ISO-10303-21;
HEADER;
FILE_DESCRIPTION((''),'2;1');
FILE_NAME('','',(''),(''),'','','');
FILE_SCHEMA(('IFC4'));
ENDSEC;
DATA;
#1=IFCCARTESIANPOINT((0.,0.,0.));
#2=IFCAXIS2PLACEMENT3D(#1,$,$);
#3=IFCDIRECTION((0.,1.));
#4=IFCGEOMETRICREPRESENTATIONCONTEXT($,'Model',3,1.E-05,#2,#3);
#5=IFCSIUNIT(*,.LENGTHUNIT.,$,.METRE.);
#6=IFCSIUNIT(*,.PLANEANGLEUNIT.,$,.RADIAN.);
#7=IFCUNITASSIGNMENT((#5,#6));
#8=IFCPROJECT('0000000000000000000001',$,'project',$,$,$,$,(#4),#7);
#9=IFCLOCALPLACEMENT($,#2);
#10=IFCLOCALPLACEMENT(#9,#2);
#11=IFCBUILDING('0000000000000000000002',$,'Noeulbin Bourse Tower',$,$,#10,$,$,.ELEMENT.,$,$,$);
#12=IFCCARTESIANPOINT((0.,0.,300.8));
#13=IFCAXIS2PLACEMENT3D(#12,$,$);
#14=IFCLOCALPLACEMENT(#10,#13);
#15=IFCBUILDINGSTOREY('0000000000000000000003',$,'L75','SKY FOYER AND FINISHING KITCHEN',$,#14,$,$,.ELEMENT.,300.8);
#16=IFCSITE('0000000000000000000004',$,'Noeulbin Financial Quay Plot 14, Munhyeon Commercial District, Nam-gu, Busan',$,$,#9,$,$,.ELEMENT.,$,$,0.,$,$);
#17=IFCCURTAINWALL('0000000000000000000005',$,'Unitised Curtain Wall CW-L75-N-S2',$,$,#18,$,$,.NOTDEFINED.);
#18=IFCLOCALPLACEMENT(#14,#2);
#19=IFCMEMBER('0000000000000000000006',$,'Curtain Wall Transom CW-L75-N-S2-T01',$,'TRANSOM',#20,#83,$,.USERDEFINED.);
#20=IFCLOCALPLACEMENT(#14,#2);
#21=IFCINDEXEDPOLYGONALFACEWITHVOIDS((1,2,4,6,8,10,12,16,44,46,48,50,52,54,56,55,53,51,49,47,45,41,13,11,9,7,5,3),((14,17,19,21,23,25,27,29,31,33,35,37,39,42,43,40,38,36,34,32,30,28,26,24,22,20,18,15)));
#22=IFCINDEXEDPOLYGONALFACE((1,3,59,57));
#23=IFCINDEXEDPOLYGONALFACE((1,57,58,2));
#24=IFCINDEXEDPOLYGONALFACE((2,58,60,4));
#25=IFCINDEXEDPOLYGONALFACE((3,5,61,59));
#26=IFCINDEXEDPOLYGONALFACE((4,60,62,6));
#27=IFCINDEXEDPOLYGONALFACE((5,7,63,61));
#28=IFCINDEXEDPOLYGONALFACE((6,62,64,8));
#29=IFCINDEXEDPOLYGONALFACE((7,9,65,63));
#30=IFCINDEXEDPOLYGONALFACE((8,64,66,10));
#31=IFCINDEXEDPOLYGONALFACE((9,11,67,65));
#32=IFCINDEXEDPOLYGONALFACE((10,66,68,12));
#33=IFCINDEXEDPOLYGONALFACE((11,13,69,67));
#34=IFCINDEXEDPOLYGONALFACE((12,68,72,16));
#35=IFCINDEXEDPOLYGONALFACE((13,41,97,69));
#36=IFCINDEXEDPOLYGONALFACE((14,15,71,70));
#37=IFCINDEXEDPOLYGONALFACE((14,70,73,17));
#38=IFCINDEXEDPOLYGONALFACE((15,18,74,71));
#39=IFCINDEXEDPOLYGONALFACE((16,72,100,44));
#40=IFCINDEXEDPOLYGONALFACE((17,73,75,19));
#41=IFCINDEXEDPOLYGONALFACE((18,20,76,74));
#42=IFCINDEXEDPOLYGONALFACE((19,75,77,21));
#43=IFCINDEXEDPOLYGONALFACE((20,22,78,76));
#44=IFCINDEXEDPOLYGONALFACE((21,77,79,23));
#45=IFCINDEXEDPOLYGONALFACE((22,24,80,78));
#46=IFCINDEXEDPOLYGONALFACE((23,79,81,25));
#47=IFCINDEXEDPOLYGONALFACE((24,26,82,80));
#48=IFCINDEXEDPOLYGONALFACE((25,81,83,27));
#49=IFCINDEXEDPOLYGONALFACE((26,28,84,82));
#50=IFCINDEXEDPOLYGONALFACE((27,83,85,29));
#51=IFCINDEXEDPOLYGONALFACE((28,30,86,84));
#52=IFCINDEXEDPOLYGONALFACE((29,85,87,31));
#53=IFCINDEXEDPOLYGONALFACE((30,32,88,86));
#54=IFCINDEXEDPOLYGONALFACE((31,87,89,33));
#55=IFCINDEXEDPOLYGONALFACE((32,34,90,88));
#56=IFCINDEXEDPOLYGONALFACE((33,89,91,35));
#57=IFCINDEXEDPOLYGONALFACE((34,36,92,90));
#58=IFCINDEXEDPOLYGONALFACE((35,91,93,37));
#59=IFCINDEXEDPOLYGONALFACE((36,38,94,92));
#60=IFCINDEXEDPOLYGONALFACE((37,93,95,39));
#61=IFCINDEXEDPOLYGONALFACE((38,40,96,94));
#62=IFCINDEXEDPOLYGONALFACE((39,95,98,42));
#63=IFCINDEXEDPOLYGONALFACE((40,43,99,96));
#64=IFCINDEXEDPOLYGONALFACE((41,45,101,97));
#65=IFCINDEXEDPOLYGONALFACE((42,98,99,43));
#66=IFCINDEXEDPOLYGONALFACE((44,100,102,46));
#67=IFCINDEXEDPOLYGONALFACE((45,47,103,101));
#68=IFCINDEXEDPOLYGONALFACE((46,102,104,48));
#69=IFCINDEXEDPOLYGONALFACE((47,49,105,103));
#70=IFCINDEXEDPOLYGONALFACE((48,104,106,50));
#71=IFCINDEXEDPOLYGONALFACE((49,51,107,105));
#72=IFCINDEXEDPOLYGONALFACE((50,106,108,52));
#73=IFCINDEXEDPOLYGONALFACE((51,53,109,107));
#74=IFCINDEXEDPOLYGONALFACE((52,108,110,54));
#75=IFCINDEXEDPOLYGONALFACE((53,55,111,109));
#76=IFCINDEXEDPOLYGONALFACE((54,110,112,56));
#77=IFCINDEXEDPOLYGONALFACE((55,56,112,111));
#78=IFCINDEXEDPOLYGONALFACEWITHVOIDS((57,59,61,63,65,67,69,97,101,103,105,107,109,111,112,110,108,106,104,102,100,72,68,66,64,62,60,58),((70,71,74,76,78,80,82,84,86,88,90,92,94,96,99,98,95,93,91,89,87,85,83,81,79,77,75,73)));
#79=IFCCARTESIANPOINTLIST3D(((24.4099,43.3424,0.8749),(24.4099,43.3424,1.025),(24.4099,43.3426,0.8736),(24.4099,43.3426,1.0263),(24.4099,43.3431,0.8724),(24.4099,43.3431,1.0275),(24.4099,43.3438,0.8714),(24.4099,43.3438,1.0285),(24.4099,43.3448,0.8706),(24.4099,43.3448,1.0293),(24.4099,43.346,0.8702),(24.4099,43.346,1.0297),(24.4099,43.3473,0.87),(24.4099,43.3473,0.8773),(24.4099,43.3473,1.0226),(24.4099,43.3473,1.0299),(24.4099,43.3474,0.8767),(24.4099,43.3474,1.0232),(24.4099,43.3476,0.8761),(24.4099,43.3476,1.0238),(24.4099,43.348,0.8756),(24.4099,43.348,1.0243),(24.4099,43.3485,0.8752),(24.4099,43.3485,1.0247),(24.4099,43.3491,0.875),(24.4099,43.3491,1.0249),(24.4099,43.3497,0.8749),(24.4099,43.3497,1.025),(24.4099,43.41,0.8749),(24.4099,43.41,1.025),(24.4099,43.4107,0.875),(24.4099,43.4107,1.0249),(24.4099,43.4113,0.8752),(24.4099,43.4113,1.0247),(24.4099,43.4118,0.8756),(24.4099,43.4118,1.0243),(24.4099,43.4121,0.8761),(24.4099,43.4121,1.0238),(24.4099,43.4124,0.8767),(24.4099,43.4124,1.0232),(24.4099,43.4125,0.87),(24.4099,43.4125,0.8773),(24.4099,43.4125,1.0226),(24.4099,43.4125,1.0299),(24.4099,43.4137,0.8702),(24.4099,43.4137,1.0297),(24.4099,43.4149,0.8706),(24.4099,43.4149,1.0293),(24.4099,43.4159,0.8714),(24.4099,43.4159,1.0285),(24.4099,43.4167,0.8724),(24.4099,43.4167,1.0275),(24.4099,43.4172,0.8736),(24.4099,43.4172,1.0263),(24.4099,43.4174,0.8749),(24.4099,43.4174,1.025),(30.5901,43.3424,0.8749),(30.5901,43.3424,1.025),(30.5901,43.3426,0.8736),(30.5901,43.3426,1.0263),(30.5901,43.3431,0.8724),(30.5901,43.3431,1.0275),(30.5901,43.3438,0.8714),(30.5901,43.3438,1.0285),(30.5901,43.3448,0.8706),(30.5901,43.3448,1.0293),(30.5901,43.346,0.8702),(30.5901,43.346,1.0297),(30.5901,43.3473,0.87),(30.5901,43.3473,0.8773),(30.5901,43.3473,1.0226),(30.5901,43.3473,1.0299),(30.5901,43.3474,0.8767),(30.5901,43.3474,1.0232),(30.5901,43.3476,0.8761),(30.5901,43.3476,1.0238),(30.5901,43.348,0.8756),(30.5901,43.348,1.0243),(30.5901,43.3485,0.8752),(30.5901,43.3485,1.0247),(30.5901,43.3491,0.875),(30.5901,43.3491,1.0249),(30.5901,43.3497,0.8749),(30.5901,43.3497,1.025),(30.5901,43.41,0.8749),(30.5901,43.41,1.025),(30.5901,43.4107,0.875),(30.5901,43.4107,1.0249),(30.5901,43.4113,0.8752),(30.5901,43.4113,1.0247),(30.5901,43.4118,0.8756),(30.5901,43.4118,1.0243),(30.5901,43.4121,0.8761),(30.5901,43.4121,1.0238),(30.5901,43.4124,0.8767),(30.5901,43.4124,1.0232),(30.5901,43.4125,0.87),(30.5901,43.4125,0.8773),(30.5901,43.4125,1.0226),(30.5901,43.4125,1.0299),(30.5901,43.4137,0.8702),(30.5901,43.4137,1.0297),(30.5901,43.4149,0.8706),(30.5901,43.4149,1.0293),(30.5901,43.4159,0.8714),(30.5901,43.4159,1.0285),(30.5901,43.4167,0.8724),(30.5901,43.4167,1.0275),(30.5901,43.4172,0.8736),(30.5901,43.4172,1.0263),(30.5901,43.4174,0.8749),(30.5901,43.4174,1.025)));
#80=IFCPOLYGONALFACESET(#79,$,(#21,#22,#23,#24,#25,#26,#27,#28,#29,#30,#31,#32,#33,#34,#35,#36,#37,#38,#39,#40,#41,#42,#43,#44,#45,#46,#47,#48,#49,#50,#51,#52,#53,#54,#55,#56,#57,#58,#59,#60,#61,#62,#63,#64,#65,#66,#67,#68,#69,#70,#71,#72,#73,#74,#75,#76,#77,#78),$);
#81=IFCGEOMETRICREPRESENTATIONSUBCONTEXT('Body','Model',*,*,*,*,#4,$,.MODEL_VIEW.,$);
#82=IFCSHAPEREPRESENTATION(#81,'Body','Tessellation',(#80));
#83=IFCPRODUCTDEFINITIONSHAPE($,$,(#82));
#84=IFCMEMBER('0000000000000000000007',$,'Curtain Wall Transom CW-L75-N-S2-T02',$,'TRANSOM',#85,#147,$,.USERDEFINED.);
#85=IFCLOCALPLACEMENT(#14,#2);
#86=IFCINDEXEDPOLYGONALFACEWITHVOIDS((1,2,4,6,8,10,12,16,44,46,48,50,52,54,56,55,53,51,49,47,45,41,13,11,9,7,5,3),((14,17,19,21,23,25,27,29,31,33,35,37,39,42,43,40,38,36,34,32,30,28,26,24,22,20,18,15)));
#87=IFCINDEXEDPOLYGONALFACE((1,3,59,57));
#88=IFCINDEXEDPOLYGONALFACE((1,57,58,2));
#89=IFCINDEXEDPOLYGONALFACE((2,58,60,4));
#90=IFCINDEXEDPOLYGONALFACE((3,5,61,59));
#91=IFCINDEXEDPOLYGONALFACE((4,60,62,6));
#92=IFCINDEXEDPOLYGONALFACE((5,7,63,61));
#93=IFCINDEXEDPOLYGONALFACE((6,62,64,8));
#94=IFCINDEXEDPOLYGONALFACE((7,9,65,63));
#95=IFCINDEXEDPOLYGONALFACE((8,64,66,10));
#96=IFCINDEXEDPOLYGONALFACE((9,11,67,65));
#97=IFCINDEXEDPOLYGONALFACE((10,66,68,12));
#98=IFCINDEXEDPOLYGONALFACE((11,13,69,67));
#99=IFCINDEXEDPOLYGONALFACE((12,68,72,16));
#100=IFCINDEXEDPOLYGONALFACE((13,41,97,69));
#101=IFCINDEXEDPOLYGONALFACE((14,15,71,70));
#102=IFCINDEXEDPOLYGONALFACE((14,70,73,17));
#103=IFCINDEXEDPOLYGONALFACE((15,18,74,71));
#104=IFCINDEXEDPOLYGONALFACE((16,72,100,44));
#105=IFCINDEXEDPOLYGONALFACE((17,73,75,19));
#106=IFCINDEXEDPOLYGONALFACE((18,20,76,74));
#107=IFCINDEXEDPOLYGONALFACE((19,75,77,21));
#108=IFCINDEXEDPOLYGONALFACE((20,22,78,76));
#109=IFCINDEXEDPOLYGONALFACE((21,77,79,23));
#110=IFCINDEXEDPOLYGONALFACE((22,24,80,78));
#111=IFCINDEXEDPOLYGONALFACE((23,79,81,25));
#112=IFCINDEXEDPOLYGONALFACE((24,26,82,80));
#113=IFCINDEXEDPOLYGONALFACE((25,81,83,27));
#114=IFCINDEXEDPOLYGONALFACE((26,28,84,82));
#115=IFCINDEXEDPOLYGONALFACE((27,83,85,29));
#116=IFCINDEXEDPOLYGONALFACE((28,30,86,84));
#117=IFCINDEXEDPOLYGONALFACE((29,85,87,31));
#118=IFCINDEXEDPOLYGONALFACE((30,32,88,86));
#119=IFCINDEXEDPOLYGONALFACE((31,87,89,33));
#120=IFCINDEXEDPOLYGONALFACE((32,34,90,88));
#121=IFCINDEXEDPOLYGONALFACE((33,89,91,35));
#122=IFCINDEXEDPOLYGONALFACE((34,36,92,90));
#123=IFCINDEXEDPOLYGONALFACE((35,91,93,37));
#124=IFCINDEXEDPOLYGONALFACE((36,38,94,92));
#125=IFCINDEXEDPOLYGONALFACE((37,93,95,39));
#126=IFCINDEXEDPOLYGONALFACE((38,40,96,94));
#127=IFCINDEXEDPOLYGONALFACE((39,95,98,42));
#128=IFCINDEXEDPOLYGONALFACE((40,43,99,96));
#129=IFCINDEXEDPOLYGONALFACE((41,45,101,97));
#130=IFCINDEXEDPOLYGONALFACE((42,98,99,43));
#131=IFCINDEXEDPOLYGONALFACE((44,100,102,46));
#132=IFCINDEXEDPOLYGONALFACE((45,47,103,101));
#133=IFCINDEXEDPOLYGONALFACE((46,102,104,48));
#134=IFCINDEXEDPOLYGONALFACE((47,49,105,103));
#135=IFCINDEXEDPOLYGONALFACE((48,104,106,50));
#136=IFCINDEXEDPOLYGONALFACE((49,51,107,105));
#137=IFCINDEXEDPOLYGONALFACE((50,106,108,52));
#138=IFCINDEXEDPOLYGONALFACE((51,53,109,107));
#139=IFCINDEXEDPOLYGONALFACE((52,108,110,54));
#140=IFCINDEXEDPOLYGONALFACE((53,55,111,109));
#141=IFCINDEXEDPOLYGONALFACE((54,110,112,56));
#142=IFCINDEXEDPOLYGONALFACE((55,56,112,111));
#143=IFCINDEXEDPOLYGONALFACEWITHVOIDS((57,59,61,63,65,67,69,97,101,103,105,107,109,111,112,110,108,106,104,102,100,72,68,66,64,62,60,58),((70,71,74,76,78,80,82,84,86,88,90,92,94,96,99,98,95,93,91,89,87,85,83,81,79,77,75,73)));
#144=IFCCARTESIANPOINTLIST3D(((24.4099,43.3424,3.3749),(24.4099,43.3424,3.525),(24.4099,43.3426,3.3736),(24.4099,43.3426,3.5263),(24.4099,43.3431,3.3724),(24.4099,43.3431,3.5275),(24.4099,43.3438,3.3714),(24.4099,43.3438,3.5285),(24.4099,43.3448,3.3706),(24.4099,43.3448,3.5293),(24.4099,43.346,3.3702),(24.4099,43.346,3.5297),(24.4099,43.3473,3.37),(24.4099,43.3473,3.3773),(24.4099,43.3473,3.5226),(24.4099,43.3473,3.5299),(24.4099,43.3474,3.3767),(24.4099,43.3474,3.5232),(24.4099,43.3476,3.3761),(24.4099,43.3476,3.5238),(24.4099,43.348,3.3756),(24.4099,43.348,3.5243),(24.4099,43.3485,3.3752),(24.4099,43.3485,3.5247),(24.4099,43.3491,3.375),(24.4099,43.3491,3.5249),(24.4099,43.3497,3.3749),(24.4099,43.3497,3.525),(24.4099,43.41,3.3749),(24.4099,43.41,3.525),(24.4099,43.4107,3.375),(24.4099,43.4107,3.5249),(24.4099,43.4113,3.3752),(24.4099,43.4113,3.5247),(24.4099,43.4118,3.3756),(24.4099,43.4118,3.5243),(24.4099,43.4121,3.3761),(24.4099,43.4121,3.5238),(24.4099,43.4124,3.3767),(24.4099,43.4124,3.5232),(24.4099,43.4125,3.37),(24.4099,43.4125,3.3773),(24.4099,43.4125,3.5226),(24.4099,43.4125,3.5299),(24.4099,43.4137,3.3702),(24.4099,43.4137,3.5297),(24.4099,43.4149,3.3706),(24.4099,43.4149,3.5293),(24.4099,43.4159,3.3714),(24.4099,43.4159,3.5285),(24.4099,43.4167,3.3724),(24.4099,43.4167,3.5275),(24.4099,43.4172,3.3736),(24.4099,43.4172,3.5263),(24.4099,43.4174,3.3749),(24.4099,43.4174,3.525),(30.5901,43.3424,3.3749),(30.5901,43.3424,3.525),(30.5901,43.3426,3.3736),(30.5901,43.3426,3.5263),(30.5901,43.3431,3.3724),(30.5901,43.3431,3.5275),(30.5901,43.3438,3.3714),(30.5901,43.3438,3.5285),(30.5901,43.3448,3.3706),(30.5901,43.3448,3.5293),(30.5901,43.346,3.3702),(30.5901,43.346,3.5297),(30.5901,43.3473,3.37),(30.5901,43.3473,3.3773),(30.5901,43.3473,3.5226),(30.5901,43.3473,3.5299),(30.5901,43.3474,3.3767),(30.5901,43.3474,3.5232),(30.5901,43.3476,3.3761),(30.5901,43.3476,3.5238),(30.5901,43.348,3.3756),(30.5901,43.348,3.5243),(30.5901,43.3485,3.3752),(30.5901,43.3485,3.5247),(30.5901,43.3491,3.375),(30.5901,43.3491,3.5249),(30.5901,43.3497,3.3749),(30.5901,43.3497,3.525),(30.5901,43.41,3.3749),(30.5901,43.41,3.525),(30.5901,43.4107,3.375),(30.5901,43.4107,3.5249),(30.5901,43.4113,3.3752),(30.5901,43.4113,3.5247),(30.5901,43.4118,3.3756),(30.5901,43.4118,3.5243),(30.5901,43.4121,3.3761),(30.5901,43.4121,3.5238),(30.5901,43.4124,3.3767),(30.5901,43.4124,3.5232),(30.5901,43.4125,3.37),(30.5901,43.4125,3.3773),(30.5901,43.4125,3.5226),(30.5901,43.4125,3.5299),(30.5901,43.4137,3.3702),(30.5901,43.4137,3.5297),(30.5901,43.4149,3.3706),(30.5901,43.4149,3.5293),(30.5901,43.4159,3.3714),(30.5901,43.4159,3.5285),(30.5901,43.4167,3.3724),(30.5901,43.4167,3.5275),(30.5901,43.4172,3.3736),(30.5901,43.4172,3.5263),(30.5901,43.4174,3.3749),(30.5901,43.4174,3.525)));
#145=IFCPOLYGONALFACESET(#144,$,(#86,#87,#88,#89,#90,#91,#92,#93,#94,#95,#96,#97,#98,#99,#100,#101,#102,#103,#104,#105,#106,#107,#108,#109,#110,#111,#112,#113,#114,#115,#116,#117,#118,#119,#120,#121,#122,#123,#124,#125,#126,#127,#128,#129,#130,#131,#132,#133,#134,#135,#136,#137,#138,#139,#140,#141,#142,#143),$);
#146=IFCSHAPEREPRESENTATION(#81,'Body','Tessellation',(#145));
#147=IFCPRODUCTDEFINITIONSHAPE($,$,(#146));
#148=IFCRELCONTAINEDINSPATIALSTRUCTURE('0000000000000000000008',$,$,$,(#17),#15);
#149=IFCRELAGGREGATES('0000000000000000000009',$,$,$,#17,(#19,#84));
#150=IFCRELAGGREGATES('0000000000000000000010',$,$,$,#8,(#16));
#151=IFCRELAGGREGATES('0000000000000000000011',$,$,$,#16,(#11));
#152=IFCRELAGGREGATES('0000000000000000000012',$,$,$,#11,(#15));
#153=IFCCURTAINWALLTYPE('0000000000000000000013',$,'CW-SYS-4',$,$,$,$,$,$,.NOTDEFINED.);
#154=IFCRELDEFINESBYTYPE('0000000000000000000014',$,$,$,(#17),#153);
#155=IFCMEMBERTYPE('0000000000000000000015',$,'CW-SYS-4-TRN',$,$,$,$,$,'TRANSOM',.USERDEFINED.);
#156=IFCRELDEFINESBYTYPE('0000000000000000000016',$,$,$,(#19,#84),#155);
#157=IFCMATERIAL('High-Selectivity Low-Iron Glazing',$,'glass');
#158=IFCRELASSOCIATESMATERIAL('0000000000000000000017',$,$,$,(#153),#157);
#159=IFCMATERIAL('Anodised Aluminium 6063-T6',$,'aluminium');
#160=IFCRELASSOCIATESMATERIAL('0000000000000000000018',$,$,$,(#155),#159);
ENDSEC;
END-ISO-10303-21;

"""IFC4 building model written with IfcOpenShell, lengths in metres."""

from ifc_helpers import new_model, si_unit, direction, frame, origin, origin_2d, place, context, subcontext, project, spatial, hollow_rectangle, extrude, material, material_profile, profile_set, type_object, element, aggregate, save


model = new_model("IFC4")

# Units and contexts
model_context = context("Model", 3, precision=1e-05, world=origin(), true_north=direction((0.0, 1.0)))
body_context = subcontext(model_context, "Body", "Model", "MODEL_VIEW")
ifc_project = project(units=[si_unit("LENGTHUNIT", "METRE"), si_unit("PLANEANGLEUNIT", "RADIAN")], contexts=[model_context])

# Site, building, storey
site_placement = place(None, origin())
site = spatial("IfcSite", under=ifc_project, at=site_placement, Name="Noeulbin Financial Quay Plot 14, Munhyeon Commercial District, Nam-gu, Busan", CompositionType="ELEMENT", RefElevation=0.0)
building_placement = place(site_placement, origin())
building = spatial("IfcBuilding", under=site, at=building_placement, Name="Noeulbin Bourse Tower", CompositionType="ELEMENT")
storey_placement = place(building_placement, frame((0.0, 0.0, 300.8)))
storey = spatial("IfcBuildingStorey", under=building, at=storey_placement, Name="L75", Description="SKY FOYER AND FINISHING KITCHEN", CompositionType="ELEMENT", Elevation=300.8)

# Curtain wall
ifc_material_1 = material(Name="High-Selectivity Low-Iron Glazing", Category="glass")
curtain_wall_type = type_object("IfcCurtainWallType", Name="CW-SYS-4", PredefinedType="NOTDEFINED", material=ifc_material_1)
ifc_material_2 = material(Name="Anodised Aluminium 6063-T6", Category="aluminium")
curtain_wall_1_placement = place(storey_placement, origin())
curtain_wall_1 = element("IfcCurtainWall", 1, at=curtain_wall_1_placement, inside=storey, type_object=curtain_wall_type, Name="Unitised Curtain Wall CW-L75-N-S2", PredefinedType="NOTDEFINED")

# Members
ifc_material_profile_1 = material_profile(ifc_material_2, hollow_rectangle(XDim=0.075, YDim=0.1599, WallThickness=0.0049, InnerFilletRadius=0.0024, OuterFilletRadius=0.0049, at=origin_2d()), Name="ALU-TRAN-75x160x5", Category="LoadBearing")
ifc_profile_set_1 = profile_set([ifc_material_profile_1], Name="Anodised Aluminium 6063-T6")
member_type_1 = type_object("IfcMemberType", Name="CW-SYS-4-TRN", ElementType="TRANSOM", PredefinedType="USERDEFINED", material=ifc_profile_set_1)
member_1_placement = place(storey_placement, frame((24.4099, 43.3799, 0.95), z_axis=(1.0, 0.0, 0.0), x_axis=(0.0, 1.0, 0.0)))
member_1 = element("IfcMember", 2, at=member_1_placement, type_object=member_type_1, Name="Curtain Wall Transom CW-L75-N-S2-T01", ObjectType="TRANSOM", PredefinedType="USERDEFINED", context=body_context, shape_type="SweptSolid", body=[
    extrude(hollow_rectangle(XDim=0.075, YDim=0.1599, WallThickness=0.0049, InnerFilletRadius=0.0024, OuterFilletRadius=0.0049, at=origin_2d()), origin(), (0.0, 0.0, 1.0), 6.1802),
])
member_2_placement = place(storey_placement, frame((24.4099, 43.3799, 3.45), z_axis=(1.0, 0.0, 0.0), x_axis=(0.0, 1.0, 0.0)))
member_2 = element("IfcMember", 3, at=member_2_placement, type_object=member_type_1, Name="Curtain Wall Transom CW-L75-N-S2-T02", ObjectType="TRANSOM", PredefinedType="USERDEFINED", context=body_context, shape_type="SweptSolid", body=[
    extrude(hollow_rectangle(XDim=0.075, YDim=0.1599, WallThickness=0.0049, InnerFilletRadius=0.0024, OuterFilletRadius=0.0049, at=origin_2d()), origin(), (0.0, 0.0, 1.0), 6.1802),
])

aggregate(curtain_wall_1, [member_1, member_2])

save(model, "model.ifc")
